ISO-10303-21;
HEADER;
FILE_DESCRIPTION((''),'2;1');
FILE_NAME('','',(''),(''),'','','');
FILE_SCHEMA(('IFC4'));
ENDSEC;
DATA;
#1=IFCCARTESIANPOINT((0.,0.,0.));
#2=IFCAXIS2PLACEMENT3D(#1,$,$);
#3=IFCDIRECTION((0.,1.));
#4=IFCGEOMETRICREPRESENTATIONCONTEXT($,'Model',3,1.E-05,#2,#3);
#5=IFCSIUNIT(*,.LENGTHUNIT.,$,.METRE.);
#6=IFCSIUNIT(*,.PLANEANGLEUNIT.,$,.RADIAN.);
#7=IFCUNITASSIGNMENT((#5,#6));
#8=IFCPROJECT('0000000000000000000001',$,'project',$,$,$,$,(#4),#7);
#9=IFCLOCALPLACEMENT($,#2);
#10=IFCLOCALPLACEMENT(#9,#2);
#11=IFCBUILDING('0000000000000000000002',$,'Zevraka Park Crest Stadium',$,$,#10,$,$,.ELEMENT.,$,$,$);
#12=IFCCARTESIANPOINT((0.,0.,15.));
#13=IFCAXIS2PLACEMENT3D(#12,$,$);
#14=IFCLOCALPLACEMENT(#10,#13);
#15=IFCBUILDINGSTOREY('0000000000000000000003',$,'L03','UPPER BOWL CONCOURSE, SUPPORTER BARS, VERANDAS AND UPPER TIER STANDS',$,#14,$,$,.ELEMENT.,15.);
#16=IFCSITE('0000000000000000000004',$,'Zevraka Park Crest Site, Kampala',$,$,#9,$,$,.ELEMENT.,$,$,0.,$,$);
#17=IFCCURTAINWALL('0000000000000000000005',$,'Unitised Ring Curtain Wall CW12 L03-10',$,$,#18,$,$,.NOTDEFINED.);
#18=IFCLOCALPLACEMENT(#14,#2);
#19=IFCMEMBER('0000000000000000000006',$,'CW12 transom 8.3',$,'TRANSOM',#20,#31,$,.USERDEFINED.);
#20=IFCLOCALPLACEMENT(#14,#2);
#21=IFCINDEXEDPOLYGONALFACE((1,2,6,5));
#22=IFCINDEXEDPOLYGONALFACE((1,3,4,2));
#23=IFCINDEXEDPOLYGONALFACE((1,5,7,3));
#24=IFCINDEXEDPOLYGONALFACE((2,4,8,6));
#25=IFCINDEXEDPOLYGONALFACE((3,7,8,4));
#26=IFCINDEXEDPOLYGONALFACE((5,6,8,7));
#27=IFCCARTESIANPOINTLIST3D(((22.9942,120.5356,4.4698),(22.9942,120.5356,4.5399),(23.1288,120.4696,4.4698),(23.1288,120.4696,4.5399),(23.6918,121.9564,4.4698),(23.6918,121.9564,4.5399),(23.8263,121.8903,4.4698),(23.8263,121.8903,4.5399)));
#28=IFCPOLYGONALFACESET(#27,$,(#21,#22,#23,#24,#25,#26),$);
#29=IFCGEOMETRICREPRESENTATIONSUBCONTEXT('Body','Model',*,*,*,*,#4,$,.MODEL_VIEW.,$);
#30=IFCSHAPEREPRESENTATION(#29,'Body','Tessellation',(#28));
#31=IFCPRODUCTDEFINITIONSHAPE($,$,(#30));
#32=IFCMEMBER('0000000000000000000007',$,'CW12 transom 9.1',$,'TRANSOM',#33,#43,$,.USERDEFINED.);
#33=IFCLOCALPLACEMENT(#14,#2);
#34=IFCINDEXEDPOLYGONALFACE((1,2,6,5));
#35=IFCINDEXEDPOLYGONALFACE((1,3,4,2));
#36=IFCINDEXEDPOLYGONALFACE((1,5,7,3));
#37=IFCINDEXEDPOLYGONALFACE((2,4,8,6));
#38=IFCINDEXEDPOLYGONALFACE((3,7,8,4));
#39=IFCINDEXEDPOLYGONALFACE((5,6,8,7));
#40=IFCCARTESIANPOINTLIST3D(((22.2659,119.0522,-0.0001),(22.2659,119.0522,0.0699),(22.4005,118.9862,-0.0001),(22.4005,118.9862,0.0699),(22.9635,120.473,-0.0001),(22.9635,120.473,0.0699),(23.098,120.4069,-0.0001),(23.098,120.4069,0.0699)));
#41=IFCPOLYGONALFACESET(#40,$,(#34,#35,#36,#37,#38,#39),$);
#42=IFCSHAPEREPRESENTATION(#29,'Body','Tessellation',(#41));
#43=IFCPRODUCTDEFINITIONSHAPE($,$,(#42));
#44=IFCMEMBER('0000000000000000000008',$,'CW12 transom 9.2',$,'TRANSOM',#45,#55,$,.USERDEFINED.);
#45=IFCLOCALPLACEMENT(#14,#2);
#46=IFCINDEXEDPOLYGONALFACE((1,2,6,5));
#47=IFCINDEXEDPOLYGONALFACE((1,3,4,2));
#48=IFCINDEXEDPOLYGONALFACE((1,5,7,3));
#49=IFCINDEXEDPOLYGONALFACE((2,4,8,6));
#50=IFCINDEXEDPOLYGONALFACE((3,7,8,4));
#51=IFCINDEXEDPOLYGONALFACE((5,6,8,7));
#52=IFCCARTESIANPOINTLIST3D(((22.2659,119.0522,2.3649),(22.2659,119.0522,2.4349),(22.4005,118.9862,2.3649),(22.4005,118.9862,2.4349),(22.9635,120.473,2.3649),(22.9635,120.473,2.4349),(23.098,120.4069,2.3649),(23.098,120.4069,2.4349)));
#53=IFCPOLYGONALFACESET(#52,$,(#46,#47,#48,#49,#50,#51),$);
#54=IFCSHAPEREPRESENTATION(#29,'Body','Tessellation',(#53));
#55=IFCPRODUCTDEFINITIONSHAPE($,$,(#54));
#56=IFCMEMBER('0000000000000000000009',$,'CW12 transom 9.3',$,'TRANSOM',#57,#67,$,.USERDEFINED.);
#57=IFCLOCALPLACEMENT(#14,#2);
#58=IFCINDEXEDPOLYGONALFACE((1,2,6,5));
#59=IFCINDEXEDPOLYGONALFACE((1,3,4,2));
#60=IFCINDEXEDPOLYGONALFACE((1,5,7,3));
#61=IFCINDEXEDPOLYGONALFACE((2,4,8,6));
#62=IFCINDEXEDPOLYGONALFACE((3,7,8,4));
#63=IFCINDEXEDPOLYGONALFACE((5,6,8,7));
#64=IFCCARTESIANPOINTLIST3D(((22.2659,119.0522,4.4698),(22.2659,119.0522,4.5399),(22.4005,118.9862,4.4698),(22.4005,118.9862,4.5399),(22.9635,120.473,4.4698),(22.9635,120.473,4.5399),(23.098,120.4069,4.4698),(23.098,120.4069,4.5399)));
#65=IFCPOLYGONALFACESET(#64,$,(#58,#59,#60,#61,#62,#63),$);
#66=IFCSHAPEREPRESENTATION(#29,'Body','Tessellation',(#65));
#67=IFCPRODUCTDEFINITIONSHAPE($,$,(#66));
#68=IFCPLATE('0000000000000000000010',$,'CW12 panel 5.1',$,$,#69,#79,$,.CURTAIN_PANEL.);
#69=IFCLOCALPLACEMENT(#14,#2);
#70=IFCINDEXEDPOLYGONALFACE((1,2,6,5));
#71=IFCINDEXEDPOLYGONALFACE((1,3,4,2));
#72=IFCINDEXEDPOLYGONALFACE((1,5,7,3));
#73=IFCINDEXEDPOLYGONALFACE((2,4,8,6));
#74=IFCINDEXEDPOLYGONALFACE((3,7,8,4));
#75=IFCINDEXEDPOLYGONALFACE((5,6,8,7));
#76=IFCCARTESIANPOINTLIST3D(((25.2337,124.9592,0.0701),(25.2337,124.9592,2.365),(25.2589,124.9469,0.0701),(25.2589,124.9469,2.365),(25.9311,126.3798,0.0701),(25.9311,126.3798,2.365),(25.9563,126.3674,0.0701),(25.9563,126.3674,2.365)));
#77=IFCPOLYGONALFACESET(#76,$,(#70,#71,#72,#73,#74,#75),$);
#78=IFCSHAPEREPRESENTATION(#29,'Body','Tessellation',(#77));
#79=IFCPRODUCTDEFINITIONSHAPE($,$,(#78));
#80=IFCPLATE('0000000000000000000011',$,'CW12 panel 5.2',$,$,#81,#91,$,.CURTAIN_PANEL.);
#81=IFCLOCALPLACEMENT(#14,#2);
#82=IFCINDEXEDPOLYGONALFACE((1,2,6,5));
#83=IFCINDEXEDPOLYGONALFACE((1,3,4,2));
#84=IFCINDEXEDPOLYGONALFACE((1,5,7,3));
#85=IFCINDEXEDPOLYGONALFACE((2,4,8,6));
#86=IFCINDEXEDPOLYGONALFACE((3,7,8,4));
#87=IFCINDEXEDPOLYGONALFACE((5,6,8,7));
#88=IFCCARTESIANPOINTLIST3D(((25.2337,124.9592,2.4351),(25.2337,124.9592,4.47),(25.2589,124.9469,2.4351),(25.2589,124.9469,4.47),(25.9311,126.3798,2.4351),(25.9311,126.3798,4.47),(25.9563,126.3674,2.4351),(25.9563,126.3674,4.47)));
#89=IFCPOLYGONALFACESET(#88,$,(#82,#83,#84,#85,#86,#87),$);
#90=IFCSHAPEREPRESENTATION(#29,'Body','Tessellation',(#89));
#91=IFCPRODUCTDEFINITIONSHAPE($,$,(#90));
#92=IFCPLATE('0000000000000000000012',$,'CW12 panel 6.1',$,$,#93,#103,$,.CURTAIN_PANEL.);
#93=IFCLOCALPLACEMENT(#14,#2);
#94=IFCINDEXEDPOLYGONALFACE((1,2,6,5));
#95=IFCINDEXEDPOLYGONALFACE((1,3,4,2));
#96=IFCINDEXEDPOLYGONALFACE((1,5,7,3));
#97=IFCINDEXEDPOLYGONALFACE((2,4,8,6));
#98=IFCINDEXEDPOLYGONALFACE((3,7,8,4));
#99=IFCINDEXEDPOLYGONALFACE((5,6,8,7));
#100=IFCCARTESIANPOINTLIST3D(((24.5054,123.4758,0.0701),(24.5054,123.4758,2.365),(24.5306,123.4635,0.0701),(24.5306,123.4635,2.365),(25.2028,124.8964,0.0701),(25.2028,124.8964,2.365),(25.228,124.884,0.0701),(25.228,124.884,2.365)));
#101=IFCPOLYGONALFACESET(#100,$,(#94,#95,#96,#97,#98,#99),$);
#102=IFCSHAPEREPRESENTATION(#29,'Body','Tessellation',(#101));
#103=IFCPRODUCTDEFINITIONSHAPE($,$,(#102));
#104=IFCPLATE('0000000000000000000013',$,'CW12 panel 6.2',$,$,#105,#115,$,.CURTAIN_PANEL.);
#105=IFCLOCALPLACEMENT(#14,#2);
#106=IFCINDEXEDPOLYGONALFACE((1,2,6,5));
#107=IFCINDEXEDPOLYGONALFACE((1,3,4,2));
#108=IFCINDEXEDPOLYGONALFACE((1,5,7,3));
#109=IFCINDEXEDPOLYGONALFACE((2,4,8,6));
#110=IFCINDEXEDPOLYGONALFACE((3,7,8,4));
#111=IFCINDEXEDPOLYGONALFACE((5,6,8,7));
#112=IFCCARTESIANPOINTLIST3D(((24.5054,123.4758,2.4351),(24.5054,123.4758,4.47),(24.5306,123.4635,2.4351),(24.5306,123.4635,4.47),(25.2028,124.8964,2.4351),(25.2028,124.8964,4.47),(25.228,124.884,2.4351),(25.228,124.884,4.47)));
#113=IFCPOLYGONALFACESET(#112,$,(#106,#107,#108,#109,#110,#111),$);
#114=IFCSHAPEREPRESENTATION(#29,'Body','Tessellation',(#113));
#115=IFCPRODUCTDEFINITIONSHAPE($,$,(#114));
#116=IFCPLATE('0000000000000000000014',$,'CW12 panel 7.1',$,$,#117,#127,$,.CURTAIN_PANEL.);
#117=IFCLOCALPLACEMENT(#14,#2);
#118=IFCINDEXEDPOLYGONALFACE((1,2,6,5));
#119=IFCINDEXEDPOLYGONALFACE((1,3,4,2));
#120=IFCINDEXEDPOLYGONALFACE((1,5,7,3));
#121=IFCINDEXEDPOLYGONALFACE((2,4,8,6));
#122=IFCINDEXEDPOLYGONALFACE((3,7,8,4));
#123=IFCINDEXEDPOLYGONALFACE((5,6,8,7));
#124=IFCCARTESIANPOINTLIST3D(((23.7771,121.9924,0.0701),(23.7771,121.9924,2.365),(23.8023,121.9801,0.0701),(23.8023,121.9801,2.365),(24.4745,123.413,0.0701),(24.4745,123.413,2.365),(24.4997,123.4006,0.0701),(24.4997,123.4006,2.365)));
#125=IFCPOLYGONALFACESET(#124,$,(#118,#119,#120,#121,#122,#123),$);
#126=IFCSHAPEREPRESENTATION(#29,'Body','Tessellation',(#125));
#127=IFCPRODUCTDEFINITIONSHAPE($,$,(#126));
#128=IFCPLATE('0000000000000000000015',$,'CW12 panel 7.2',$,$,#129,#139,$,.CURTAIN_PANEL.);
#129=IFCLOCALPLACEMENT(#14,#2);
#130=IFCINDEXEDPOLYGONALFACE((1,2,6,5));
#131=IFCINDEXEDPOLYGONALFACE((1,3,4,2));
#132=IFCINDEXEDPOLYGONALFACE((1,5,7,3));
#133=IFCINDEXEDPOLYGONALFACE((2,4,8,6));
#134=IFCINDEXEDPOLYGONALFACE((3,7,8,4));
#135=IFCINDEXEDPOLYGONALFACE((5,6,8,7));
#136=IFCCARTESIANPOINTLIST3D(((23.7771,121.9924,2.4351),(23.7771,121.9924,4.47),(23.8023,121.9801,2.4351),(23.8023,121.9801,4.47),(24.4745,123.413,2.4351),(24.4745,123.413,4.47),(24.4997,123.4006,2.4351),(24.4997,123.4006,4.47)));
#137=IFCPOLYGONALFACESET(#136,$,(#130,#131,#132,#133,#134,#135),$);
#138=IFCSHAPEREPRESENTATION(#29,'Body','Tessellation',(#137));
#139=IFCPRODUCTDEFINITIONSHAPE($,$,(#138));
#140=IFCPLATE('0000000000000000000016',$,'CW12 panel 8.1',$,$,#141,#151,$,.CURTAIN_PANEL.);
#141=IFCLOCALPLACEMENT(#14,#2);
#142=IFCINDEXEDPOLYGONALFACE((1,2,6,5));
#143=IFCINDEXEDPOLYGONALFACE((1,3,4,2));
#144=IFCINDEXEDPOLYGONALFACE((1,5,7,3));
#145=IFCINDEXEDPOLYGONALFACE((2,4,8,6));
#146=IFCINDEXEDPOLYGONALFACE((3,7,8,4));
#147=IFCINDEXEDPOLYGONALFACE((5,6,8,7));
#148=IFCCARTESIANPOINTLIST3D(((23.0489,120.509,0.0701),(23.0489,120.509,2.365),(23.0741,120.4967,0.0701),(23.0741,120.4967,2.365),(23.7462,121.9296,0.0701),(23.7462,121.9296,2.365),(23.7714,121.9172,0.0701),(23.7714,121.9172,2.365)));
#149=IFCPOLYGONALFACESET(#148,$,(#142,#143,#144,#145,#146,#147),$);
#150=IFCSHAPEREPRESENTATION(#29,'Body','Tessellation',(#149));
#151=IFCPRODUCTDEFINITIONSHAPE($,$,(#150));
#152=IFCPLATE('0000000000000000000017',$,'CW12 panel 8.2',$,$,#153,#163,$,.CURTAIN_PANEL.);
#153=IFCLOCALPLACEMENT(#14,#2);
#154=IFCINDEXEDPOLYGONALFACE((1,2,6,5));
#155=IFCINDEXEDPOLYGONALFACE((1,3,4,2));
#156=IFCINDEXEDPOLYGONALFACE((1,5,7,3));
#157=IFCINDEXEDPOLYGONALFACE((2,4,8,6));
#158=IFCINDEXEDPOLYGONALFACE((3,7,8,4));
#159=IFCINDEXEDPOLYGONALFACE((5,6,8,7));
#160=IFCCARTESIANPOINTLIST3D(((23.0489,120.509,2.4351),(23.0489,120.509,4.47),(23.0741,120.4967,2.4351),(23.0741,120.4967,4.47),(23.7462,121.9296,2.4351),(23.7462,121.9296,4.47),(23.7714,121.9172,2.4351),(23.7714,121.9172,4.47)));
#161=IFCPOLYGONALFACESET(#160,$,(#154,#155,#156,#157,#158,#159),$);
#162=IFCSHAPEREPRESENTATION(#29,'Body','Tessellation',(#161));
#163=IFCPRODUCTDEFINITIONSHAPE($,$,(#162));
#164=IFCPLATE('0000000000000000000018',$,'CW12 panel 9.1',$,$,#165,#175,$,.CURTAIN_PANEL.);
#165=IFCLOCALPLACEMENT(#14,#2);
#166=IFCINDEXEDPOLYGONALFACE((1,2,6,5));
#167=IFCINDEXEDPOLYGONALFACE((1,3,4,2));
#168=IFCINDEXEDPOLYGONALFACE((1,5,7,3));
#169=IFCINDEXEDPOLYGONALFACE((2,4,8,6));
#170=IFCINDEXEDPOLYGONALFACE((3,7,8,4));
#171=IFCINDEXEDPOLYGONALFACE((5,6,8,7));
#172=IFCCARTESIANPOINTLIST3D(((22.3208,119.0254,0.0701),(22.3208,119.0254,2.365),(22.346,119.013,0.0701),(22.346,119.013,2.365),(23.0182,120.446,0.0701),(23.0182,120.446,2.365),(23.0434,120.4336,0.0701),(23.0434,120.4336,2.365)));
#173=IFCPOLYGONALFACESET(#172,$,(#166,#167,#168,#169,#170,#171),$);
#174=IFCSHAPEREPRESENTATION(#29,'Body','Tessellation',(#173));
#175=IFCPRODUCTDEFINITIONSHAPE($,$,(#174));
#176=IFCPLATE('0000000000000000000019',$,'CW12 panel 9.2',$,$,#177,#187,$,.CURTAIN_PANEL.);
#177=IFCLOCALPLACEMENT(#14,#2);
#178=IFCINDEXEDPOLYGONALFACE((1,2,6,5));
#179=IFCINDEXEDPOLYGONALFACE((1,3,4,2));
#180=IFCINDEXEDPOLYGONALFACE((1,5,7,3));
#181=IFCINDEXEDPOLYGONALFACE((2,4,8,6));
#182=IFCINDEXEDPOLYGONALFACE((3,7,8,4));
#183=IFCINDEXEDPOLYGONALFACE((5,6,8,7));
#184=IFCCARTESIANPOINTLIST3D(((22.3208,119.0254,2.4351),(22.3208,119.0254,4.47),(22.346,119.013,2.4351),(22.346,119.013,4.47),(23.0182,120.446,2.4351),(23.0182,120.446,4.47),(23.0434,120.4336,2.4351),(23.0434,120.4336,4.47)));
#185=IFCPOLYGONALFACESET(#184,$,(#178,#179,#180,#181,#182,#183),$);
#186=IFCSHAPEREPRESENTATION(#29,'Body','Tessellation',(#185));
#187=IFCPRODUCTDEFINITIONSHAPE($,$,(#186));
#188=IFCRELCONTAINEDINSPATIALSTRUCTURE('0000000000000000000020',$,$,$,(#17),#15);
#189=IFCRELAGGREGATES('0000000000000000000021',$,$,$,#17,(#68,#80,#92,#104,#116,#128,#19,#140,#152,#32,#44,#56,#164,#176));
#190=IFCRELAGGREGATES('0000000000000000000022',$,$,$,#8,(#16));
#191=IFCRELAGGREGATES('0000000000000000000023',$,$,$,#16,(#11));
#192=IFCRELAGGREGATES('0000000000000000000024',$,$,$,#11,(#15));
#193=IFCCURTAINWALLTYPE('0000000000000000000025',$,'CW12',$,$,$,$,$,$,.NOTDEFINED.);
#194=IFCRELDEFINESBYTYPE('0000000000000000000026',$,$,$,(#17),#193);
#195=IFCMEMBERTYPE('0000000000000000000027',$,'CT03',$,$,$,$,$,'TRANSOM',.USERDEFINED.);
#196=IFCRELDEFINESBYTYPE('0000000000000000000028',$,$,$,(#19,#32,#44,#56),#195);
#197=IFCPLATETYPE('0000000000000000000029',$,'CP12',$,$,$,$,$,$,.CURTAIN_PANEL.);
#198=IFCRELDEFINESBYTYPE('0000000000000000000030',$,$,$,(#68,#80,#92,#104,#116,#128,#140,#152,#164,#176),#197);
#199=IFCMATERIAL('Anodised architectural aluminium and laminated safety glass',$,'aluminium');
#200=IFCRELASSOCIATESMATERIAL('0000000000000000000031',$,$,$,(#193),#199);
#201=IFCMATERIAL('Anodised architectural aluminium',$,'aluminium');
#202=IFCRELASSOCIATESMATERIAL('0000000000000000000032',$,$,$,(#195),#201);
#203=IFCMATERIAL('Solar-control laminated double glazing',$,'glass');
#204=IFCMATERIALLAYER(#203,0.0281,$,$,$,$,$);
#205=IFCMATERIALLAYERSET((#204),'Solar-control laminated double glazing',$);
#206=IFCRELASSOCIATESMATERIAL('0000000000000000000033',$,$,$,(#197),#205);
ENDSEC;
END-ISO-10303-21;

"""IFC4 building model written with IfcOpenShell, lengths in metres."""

from ifc_helpers import new_model, si_unit, direction, frame, origin, origin_2d, place, context, subcontext, project, spatial, rectangle, extrude, material, layer, layer_set, material_profile, profile_set, type_object, element, aggregate, save


model = new_model("IFC4")

# Units and contexts
model_context = context("Model", 3, precision=1e-05, world=origin(), true_north=direction((0.0, 1.0)))
body_context = subcontext(model_context, "Body", "Model", "MODEL_VIEW")
ifc_project = project(units=[si_unit("LENGTHUNIT", "METRE"), si_unit("PLANEANGLEUNIT", "RADIAN")], contexts=[model_context])

# Site, building, storey
site_placement = place(None, origin())
site = spatial("IfcSite", under=ifc_project, at=site_placement, Name="Zevraka Park Crest Site, Kampala", CompositionType="ELEMENT", RefElevation=0.0)
building_placement = place(site_placement, origin())
building = spatial("IfcBuilding", under=site, at=building_placement, Name="Zevraka Park Crest Stadium", CompositionType="ELEMENT")
storey_placement = place(building_placement, frame((0.0, 0.0, 15.0)))
storey = spatial("IfcBuildingStorey", under=building, at=storey_placement, Name="L03", Description="UPPER BOWL CONCOURSE, SUPPORTER BARS, VERANDAS AND UPPER TIER STANDS", CompositionType="ELEMENT", Elevation=15.0)

# Curtain wall, members, plates
ifc_material_1 = material(Name="Anodised architectural aluminium and laminated safety glass", Category="aluminium")
curtain_wall_type = type_object("IfcCurtainWallType", Name="CW12", PredefinedType="NOTDEFINED", material=ifc_material_1)
curtain_wall_placement = place(storey_placement, origin())
curtain_wall = element("IfcCurtainWall", 1, at=curtain_wall_placement, inside=storey, type_object=curtain_wall_type, Name="Unitised Ring Curtain Wall CW12 L03-10", PredefinedType="NOTDEFINED")
ifc_material_2 = material(Name="Anodised architectural aluminium", Category="aluminium")
ifc_material_profile_1 = material_profile(ifc_material_2, rectangle(XDim=0.1499, YDim=0.0701, at=origin_2d()), Name="ALU TRANSOM 150x70")
ifc_profile_set_1 = profile_set([ifc_material_profile_1], Name="Anodised architectural aluminium")
member_type_1 = type_object("IfcMemberType", Name="CT03", ElementType="TRANSOM", PredefinedType="USERDEFINED", material=ifc_profile_set_1)
member_1_placement = place(storey_placement, frame((23.759, 121.9233, 4.5049), z_axis=(-0.440723, -0.897643, 0.0), x_axis=(0.897643, -0.440723, 0.0)))
member_1 = element("IfcMember", 2, at=member_1_placement, type_object=member_type_1, Name="CW12 transom 8.3", ObjectType="TRANSOM", PredefinedType="USERDEFINED", context=body_context, shape_type="SweptSolid", body=[
    extrude(rectangle(XDim=0.1499, YDim=0.0701, at=origin_2d()), origin(), (0.0, 0.0, 1.0), 1.5828),
])
member_2_placement = place(storey_placement, frame((23.0308, 120.4399, 0.0349), z_axis=(-0.440723, -0.897643, 0.0), x_axis=(0.897643, -0.440723, 0.0)))
member_2 = element("IfcMember", 3, at=member_2_placement, type_object=member_type_1, Name="CW12 transom 9.1", ObjectType="TRANSOM", PredefinedType="USERDEFINED", context=body_context, shape_type="SweptSolid", body=[
    extrude(rectangle(XDim=0.1499, YDim=0.0701, at=origin_2d()), origin(), (0.0, 0.0, 1.0), 1.5828),
])
member_3_placement = place(storey_placement, frame((23.0308, 120.4399, 2.3999), z_axis=(-0.440723, -0.897643, 0.0), x_axis=(0.897643, -0.440723, 0.0)))
member_3 = element("IfcMember", 4, at=member_3_placement, type_object=member_type_1, Name="CW12 transom 9.2", ObjectType="TRANSOM", PredefinedType="USERDEFINED", context=body_context, shape_type="SweptSolid", body=[
    extrude(rectangle(XDim=0.1499, YDim=0.0701, at=origin_2d()), origin(), (0.0, 0.0, 1.0), 1.5828),
])
member_4_placement = place(storey_placement, frame((23.0308, 120.4399, 4.5049), z_axis=(-0.440723, -0.897643, 0.0), x_axis=(0.897643, -0.440723, 0.0)))
member_4 = element("IfcMember", 5, at=member_4_placement, type_object=member_type_1, Name="CW12 transom 9.3", ObjectType="TRANSOM", PredefinedType="USERDEFINED", context=body_context, shape_type="SweptSolid", body=[
    extrude(rectangle(XDim=0.1499, YDim=0.0701, at=origin_2d()), origin(), (0.0, 0.0, 1.0), 1.5828),
])
ifc_material_3 = material(Name="Solar-control laminated double glazing", Category="glass")
ifc_layer_1 = layer(ifc_material_3, 0.0281)
ifc_layer_set_1 = layer_set([ifc_layer_1], Name="Solar-control laminated double glazing")
plate_type = type_object("IfcPlateType", Name="CP12", PredefinedType="CURTAIN_PANEL", material=ifc_layer_set_1)
plate_1_placement = place(storey_placement, frame((25.595, 125.6633, 0.0701), z_axis=(0.0, 0.0, 1.0), x_axis=(-0.440666, -0.897671, 0.0)))
plate_1 = element("IfcPlate", 6, at=plate_1_placement, type_object=plate_type, Name="CW12 panel 5.1", PredefinedType="CURTAIN_PANEL", context=body_context, shape_type="SweptSolid", body=[
    extrude(rectangle(XDim=1.5825, YDim=0.0281, at=origin_2d()), origin(), (0.0, 0.0, 1.0), 2.2949),
])
plate_2_placement = place(storey_placement, frame((25.595, 125.6633, 2.4351), z_axis=(0.0, 0.0, 1.0), x_axis=(-0.440666, -0.897671, 0.0)))
plate_2 = element("IfcPlate", 7, at=plate_2_placement, type_object=plate_type, Name="CW12 panel 5.2", PredefinedType="CURTAIN_PANEL", context=body_context, shape_type="SweptSolid", body=[
    extrude(rectangle(XDim=1.5825, YDim=0.0281, at=origin_2d()), origin(), (0.0, 0.0, 1.0), 2.0349),
])
plate_3_placement = place(storey_placement, frame((24.8667, 124.1799, 0.0701), z_axis=(0.0, 0.0, 1.0), x_axis=(-0.440666, -0.897671, 0.0)))
plate_3 = element("IfcPlate", 8, at=plate_3_placement, type_object=plate_type, Name="CW12 panel 6.1", PredefinedType="CURTAIN_PANEL", context=body_context, shape_type="SweptSolid", body=[
    extrude(rectangle(XDim=1.5825, YDim=0.0281, at=origin_2d()), origin(), (0.0, 0.0, 1.0), 2.2949),
])
plate_4_placement = place(storey_placement, frame((24.8667, 124.1799, 2.4351), z_axis=(0.0, 0.0, 1.0), x_axis=(-0.440666, -0.897671, 0.0)))
plate_4 = element("IfcPlate", 9, at=plate_4_placement, type_object=plate_type, Name="CW12 panel 6.2", PredefinedType="CURTAIN_PANEL", context=body_context, shape_type="SweptSolid", body=[
    extrude(rectangle(XDim=1.5825, YDim=0.0281, at=origin_2d()), origin(), (0.0, 0.0, 1.0), 2.0349),
])
plate_5_placement = place(storey_placement, frame((24.1384, 122.6965, 0.0701), z_axis=(0.0, 0.0, 1.0), x_axis=(-0.440666, -0.897671, 0.0)))
plate_5 = element("IfcPlate", 10, at=plate_5_placement, type_object=plate_type, Name="CW12 panel 7.1", PredefinedType="CURTAIN_PANEL", context=body_context, shape_type="SweptSolid", body=[
    extrude(rectangle(XDim=1.5825, YDim=0.0281, at=origin_2d()), origin(), (0.0, 0.0, 1.0), 2.2949),
])
plate_6_placement = place(storey_placement, frame((24.1384, 122.6965, 2.4351), z_axis=(0.0, 0.0, 1.0), x_axis=(-0.440666, -0.897671, 0.0)))
plate_6 = element("IfcPlate", 11, at=plate_6_placement, type_object=plate_type, Name="CW12 panel 7.2", PredefinedType="CURTAIN_PANEL", context=body_context, shape_type="SweptSolid", body=[
    extrude(rectangle(XDim=1.5825, YDim=0.0281, at=origin_2d()), origin(), (0.0, 0.0, 1.0), 2.0349),
])
plate_7_placement = place(storey_placement, frame((23.4102, 121.2131, 0.0701), z_axis=(0.0, 0.0, 1.0), x_axis=(-0.440666, -0.897671, 0.0)))
plate_7 = element("IfcPlate", 12, at=plate_7_placement, type_object=plate_type, Name="CW12 panel 8.1", PredefinedType="CURTAIN_PANEL", context=body_context, shape_type="SweptSolid", body=[
    extrude(rectangle(XDim=1.5825, YDim=0.0281, at=origin_2d()), origin(), (0.0, 0.0, 1.0), 2.2949),
])
plate_8_placement = place(storey_placement, frame((23.4102, 121.2131, 2.4351), z_axis=(0.0, 0.0, 1.0), x_axis=(-0.440666, -0.897671, 0.0)))
plate_8 = element("IfcPlate", 13, at=plate_8_placement, type_object=plate_type, Name="CW12 panel 8.2", PredefinedType="CURTAIN_PANEL", context=body_context, shape_type="SweptSolid", body=[
    extrude(rectangle(XDim=1.5825, YDim=0.0281, at=origin_2d()), origin(), (0.0, 0.0, 1.0), 2.0349),
])
plate_9_placement = place(storey_placement, frame((22.6821, 119.7295, 0.0701), z_axis=(0.0, 0.0, 1.0), x_axis=(-0.440666, -0.897671, 0.0)))
plate_9 = element("IfcPlate", 14, at=plate_9_placement, type_object=plate_type, Name="CW12 panel 9.1", PredefinedType="CURTAIN_PANEL", context=body_context, shape_type="SweptSolid", body=[
    extrude(rectangle(XDim=1.5825, YDim=0.0281, at=origin_2d()), origin(), (0.0, 0.0, 1.0), 2.2949),
])
plate_10_placement = place(storey_placement, frame((22.6821, 119.7295, 2.4351), z_axis=(0.0, 0.0, 1.0), x_axis=(-0.440666, -0.897671, 0.0)))
plate_10 = element("IfcPlate", 15, at=plate_10_placement, type_object=plate_type, Name="CW12 panel 9.2", PredefinedType="CURTAIN_PANEL", context=body_context, shape_type="SweptSolid", body=[
    extrude(rectangle(XDim=1.5825, YDim=0.0281, at=origin_2d()), origin(), (0.0, 0.0, 1.0), 2.0349),
])
aggregate(curtain_wall, [plate_1, plate_2, plate_3, plate_4, plate_5, plate_6, member_1, plate_7, plate_8, member_2, member_3, member_4, plate_9, plate_10])

save(model, "model.ifc")
